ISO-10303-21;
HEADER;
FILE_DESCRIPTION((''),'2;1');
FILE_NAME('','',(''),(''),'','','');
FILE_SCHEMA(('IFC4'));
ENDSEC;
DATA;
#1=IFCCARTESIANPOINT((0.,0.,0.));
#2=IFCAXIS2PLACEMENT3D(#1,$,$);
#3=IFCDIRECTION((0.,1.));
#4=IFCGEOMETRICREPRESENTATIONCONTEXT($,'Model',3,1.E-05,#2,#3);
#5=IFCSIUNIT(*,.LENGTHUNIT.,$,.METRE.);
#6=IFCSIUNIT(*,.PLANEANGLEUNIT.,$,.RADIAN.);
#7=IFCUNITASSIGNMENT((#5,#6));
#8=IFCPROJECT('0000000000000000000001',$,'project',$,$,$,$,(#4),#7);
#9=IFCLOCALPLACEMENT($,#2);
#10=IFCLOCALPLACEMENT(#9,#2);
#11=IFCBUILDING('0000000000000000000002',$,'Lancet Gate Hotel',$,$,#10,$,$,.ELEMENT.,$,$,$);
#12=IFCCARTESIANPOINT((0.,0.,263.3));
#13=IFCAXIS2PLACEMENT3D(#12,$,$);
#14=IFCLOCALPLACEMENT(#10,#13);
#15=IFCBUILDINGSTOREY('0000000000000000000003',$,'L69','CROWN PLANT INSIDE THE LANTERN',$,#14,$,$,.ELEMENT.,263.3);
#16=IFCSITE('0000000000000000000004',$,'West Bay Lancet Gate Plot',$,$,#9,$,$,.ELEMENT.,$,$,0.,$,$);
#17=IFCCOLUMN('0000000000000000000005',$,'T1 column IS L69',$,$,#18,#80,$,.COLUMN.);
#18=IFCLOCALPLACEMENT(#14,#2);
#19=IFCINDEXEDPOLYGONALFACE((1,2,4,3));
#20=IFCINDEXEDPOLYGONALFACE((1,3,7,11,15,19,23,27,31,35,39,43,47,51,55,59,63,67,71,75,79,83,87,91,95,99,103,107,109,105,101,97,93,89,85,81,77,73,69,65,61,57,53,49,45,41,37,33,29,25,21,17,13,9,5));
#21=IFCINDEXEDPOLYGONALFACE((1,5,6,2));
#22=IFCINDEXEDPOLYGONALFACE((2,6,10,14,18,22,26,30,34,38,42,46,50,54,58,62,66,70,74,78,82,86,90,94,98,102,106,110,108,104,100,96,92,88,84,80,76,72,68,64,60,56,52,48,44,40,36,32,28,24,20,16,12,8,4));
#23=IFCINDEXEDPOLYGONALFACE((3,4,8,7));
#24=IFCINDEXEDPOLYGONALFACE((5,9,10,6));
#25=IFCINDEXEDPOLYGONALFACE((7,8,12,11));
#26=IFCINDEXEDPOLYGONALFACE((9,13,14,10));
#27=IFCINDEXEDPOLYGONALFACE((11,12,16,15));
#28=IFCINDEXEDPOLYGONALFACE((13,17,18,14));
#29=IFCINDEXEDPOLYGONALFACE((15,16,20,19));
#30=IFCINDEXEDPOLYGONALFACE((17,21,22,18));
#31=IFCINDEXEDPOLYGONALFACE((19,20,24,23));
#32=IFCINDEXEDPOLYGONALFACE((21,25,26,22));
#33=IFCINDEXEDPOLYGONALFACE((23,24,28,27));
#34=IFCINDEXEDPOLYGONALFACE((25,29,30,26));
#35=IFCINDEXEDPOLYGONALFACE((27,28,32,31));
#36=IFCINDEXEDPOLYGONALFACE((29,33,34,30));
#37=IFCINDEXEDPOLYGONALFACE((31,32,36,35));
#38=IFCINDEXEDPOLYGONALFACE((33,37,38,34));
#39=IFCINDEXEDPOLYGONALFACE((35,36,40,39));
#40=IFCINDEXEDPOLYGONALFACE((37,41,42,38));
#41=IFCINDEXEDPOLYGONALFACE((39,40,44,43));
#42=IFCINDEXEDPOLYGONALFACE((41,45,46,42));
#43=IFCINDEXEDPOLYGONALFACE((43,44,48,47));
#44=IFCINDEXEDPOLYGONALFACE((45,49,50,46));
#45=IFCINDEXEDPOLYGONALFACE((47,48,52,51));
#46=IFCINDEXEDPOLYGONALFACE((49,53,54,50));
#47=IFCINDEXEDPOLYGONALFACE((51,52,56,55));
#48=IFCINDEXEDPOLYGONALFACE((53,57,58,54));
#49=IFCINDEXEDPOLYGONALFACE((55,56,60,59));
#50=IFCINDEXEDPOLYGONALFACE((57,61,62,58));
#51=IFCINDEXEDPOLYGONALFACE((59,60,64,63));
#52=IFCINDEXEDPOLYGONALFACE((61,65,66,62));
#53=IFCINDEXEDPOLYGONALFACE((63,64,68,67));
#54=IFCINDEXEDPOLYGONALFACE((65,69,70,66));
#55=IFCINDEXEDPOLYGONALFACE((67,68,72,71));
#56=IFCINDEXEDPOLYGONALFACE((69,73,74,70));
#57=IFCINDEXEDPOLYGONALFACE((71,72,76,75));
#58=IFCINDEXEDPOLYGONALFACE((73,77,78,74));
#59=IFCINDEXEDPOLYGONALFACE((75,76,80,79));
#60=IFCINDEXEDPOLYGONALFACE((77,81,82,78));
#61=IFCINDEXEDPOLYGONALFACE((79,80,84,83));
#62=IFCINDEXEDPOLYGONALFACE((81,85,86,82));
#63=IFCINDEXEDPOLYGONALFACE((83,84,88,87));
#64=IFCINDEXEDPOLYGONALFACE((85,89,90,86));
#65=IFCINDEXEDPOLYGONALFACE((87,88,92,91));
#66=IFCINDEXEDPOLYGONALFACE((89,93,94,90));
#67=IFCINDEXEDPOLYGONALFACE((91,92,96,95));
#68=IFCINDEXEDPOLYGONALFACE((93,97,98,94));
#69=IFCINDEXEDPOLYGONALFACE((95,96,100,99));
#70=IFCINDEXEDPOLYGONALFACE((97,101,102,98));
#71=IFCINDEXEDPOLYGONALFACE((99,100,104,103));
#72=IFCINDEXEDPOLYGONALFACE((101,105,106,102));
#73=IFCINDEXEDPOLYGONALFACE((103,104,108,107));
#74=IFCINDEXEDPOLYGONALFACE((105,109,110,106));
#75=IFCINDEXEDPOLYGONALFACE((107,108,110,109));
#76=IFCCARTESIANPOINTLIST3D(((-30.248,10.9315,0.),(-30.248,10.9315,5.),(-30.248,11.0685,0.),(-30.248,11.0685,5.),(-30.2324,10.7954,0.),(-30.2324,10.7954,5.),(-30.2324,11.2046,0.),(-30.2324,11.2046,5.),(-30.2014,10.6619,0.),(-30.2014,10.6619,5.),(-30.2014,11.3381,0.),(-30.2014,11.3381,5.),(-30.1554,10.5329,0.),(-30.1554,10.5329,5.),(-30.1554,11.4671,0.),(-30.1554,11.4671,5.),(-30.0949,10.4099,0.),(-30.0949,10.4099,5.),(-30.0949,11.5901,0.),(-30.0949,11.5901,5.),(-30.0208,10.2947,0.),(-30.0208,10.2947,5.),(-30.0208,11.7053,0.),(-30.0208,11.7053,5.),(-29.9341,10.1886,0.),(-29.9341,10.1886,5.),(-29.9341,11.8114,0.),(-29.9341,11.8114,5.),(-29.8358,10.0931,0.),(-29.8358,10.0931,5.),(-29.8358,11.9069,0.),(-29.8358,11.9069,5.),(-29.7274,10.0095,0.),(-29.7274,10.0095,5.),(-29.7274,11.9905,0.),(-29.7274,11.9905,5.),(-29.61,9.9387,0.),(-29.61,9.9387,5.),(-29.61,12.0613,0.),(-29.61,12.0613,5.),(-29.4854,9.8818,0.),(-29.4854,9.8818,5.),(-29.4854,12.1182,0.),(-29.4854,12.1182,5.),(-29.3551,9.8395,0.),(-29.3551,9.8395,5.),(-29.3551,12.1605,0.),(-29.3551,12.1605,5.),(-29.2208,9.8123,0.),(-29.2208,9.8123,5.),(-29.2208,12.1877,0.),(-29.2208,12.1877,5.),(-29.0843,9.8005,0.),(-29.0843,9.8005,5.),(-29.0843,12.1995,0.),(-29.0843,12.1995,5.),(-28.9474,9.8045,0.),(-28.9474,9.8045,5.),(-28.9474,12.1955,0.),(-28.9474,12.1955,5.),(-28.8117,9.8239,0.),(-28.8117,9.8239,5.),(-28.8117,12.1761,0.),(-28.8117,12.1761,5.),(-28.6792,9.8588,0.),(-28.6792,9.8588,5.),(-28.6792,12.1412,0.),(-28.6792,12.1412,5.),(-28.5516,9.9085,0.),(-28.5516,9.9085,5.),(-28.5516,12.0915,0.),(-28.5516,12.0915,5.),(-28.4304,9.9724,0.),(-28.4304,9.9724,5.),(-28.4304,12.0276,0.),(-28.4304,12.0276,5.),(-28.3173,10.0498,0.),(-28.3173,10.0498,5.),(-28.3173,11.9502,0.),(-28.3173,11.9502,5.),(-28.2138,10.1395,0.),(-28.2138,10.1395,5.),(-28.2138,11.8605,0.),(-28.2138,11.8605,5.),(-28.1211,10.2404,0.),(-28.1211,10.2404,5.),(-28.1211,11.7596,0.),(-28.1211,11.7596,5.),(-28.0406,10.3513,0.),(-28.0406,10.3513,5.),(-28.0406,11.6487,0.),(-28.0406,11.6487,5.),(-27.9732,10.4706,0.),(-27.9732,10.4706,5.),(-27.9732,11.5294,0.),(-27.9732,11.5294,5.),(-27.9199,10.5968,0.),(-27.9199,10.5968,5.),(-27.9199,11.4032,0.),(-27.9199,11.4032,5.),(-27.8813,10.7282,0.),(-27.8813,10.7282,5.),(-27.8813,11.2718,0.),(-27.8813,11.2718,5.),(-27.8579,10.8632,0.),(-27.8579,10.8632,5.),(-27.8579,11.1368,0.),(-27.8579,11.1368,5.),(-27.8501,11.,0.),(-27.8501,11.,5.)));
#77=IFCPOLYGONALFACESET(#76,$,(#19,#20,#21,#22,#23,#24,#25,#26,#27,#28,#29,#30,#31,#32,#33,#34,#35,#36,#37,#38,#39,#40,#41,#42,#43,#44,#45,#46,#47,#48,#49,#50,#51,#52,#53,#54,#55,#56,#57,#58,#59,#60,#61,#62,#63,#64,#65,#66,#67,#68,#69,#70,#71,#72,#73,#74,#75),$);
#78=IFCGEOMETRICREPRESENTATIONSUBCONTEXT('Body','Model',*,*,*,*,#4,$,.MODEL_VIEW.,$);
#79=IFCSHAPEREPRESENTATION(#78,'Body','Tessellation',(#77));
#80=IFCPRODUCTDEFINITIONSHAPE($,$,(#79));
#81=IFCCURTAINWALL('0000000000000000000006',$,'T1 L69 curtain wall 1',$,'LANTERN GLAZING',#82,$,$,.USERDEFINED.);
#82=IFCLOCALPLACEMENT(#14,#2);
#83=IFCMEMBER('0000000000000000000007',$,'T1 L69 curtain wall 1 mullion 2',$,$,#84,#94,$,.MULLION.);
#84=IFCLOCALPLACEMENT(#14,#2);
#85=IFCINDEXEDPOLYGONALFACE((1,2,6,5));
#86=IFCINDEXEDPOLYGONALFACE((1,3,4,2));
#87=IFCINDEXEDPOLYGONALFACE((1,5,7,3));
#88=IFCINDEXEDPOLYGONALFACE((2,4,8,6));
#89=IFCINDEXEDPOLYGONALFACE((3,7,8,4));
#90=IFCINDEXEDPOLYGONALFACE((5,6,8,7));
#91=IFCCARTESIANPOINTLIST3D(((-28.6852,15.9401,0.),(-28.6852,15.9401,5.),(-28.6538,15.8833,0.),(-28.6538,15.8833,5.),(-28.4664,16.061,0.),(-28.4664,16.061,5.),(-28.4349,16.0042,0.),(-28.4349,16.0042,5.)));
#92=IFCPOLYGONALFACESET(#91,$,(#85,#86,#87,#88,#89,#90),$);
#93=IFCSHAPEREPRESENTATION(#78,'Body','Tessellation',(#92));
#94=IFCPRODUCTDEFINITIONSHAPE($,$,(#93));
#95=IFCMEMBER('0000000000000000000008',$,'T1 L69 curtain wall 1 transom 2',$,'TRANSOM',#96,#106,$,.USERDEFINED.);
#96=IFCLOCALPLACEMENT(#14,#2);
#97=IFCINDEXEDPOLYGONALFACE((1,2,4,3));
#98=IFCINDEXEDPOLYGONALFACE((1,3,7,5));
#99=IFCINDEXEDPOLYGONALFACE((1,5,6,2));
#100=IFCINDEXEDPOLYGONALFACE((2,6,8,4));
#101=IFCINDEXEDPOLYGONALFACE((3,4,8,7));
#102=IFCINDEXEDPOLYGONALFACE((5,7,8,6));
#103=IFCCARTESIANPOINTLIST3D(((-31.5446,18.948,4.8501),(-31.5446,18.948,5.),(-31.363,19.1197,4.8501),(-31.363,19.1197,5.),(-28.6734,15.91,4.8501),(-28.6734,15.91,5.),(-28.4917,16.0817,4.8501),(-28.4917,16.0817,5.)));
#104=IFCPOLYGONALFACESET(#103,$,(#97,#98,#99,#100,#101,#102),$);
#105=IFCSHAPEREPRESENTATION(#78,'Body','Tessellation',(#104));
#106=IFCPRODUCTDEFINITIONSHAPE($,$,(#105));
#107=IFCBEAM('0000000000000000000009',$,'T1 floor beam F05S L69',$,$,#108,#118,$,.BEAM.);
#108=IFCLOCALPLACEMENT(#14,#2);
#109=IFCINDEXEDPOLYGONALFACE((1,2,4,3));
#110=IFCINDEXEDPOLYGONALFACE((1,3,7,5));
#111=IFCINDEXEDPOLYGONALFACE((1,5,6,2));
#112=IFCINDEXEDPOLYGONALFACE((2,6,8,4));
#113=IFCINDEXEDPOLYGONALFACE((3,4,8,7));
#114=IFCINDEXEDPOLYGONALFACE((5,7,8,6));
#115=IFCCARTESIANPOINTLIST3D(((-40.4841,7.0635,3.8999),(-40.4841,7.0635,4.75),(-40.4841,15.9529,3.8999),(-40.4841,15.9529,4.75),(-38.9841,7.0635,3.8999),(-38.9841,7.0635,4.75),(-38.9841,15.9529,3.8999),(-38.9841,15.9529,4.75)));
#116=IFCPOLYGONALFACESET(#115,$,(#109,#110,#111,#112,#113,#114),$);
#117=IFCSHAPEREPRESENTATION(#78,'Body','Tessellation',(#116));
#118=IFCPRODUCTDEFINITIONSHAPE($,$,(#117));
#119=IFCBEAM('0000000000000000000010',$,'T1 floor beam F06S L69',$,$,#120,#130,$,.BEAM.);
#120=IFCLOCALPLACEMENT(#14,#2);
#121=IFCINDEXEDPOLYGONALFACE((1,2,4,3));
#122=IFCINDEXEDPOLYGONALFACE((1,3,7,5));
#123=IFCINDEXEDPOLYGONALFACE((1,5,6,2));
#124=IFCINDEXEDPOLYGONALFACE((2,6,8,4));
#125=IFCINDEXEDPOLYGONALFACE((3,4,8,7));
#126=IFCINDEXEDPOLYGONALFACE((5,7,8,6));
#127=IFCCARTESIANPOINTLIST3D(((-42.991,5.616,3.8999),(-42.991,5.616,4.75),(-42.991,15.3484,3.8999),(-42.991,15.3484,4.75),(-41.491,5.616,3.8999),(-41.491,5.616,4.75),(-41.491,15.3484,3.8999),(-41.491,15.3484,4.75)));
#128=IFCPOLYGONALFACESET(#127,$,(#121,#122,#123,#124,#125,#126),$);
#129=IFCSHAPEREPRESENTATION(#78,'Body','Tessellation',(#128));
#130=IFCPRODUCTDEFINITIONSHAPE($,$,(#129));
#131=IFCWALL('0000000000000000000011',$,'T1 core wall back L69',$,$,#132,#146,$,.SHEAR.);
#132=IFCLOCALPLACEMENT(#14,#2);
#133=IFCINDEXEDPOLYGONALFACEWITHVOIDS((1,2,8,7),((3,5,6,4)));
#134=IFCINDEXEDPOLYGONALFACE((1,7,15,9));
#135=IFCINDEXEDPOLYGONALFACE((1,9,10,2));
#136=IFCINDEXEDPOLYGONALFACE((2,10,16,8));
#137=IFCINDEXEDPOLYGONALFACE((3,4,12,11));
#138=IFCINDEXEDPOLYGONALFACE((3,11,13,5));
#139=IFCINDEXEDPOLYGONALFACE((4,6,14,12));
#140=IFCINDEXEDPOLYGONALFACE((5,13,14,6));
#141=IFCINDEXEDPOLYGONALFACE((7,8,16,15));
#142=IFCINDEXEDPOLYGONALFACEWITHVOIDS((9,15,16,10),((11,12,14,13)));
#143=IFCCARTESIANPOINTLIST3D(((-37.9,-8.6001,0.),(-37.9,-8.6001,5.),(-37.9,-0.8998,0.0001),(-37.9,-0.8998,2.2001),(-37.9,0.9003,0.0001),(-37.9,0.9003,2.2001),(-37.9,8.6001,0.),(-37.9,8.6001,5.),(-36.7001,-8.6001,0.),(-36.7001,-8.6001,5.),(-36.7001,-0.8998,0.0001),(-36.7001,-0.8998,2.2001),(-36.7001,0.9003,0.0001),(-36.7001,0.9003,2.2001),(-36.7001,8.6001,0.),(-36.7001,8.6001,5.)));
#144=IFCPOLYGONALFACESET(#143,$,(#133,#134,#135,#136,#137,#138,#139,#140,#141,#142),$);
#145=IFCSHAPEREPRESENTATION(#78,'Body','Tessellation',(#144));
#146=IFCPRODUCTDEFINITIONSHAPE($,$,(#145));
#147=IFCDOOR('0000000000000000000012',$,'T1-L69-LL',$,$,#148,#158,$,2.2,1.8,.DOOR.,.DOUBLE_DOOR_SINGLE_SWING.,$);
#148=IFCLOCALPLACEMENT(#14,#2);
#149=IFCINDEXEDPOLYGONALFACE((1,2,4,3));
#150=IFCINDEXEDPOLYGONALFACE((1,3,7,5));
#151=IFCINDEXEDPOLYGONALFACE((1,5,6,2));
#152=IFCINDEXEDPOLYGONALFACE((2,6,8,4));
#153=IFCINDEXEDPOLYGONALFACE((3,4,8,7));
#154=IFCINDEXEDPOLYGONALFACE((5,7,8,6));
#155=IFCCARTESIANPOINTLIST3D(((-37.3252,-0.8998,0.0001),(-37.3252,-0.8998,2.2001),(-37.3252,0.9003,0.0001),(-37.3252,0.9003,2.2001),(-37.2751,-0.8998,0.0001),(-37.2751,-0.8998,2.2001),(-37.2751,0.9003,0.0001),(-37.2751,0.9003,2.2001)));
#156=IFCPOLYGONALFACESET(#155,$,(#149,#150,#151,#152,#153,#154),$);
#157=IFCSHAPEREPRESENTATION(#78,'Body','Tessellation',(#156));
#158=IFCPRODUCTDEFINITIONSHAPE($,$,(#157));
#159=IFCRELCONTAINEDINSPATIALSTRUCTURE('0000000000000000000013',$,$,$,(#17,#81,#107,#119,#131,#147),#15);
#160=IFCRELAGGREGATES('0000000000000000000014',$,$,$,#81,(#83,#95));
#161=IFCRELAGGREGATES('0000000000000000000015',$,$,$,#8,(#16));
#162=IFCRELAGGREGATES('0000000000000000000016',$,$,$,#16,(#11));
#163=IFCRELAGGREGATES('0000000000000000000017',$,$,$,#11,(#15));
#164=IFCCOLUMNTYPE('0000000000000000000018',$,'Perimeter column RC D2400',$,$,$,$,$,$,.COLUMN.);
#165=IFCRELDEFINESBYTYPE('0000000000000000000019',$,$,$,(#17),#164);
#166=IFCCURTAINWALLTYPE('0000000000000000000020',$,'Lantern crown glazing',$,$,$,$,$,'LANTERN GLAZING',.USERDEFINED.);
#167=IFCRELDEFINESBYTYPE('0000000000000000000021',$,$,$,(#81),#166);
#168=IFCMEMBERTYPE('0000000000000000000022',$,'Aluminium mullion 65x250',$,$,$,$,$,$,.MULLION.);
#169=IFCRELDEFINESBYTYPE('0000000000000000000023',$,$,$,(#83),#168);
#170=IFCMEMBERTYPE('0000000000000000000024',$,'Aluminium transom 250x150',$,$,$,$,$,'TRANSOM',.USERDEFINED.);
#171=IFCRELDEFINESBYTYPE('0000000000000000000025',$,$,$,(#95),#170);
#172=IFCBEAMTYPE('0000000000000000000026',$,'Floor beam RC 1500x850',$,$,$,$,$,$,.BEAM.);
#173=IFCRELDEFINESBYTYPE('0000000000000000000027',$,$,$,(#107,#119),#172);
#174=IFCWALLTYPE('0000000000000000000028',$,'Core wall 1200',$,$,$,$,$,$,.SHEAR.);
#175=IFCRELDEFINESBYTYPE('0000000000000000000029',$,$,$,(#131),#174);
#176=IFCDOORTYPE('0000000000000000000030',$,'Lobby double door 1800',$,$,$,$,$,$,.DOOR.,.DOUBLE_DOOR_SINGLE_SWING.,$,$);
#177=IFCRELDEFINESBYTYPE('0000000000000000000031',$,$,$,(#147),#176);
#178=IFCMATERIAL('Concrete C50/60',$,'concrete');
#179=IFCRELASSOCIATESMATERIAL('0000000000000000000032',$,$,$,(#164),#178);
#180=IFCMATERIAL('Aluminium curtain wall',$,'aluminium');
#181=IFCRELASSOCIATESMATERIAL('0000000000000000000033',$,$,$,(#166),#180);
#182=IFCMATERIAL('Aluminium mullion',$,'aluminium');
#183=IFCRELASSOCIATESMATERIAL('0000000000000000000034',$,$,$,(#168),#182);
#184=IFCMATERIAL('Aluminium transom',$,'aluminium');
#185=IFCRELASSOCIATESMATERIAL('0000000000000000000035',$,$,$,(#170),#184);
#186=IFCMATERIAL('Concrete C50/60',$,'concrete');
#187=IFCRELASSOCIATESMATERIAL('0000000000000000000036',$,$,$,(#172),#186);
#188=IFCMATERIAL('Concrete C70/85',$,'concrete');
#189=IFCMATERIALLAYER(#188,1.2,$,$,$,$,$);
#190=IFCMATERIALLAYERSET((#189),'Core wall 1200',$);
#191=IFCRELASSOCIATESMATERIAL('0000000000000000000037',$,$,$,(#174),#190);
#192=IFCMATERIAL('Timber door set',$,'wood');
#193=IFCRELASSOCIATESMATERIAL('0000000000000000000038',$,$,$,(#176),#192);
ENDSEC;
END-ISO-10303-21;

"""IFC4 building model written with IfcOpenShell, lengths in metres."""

from ifc_helpers import new_model, si_unit, direction, frame, frame_2d, origin, origin_2d, place, context, subcontext, project, spatial, rectangle, circle, extrude, material, layer, layer_set, material_profile, profile_set, type_object, element, fill, aggregate, save


model = new_model("IFC4")

# Units and contexts
model_context = context("Model", 3, precision=1e-05, world=origin(), true_north=direction((0.0, 1.0)))
body_context = subcontext(model_context, "Body", "Model", "MODEL_VIEW")
ifc_project = project(units=[si_unit("LENGTHUNIT", "METRE"), si_unit("PLANEANGLEUNIT", "RADIAN")], contexts=[model_context])

# Site, building, storey
site_placement = place(None, origin())
site = spatial("IfcSite", under=ifc_project, at=site_placement, Name="West Bay Lancet Gate Plot", CompositionType="ELEMENT", RefElevation=0.0)
building_placement = place(site_placement, origin())
building = spatial("IfcBuilding", under=site, at=building_placement, Name="Lancet Gate Hotel", CompositionType="ELEMENT")
storey_placement = place(building_placement, frame((0.0, 0.0, 263.3)))
storey = spatial("IfcBuildingStorey", under=building, at=storey_placement, Name="L69", Description="CROWN PLANT INSIDE THE LANTERN", CompositionType="ELEMENT", Elevation=263.3)

# Column
ifc_material_1 = material(Name="Concrete C50/60", Category="concrete")
ifc_material_profile_1 = material_profile(ifc_material_1, circle(Radius=1.2, at=origin_2d()), Name="RC D2400")
ifc_profile_set_1 = profile_set([ifc_material_profile_1], Name="Concrete C50/60")
column_type = type_object("IfcColumnType", Name="Perimeter column RC D2400", PredefinedType="COLUMN", material=ifc_profile_set_1)
column_placement = place(storey_placement, frame((-29.05, 11.0, 0.0), z_axis=(0.0, 0.0, 1.0), x_axis=(1.0, 0.0, 0.0)))
element("IfcColumn", 1, at=column_placement, inside=storey, type_object=column_type, Name="T1 column IS L69", PredefinedType="COLUMN", context=body_context, shape_type="SweptSolid", body=[
    extrude(circle(Radius=1.2, at=origin_2d()), origin(), (0.0, 0.0, 1.0), 5.0),
])

# Curtain wall, members
ifc_material_2 = material(Name="Aluminium curtain wall", Category="aluminium")
curtain_wall_type = type_object("IfcCurtainWallType", Name="Lantern crown glazing", ElementType="LANTERN GLAZING", PredefinedType="USERDEFINED", material=ifc_material_2)
curtain_wall_placement = place(storey_placement, origin())
curtain_wall = element("IfcCurtainWall", 2, at=curtain_wall_placement, inside=storey, type_object=curtain_wall_type, Name="T1 L69 curtain wall 1", ObjectType="LANTERN GLAZING", PredefinedType="USERDEFINED")
ifc_material_3 = material(Name="Aluminium mullion", Category="aluminium")
ifc_material_profile_2 = material_profile(ifc_material_3, rectangle(XDim=0.0649, YDim=0.25, at=origin_2d()), Name="MULLION 65x250")
ifc_profile_set_2 = profile_set([ifc_material_profile_2], Name="Aluminium mullion")
member_type_1 = type_object("IfcMemberType", Name="Aluminium mullion 65x250", PredefinedType="MULLION", material=ifc_profile_set_2)
member_1_placement = place(storey_placement, frame((-28.5601, 15.9722, 0.0), z_axis=(0.0, 0.0, 1.0), x_axis=(-0.483627, 0.875274, 0.0)))
member_1 = element("IfcMember", 3, at=member_1_placement, type_object=member_type_1, Name="T1 L69 curtain wall 1 mullion 2", PredefinedType="MULLION", context=body_context, shape_type="SweptSolid", body=[
    extrude(rectangle(XDim=0.0649, YDim=0.25, at=origin_2d()), origin(), (0.0, 0.0, 1.0), 5.0),
])
ifc_material_4 = material(Name="Aluminium transom", Category="aluminium")
ifc_material_profile_3 = material_profile(ifc_material_4, rectangle(XDim=0.25, YDim=0.1499, at=origin_2d()), Name="TRANSOM 250x150")
ifc_profile_set_3 = profile_set([ifc_material_profile_3], Name="Aluminium transom")
member_type_2 = type_object("IfcMemberType", Name="Aluminium transom 250x150", ElementType="TRANSOM", PredefinedType="USERDEFINED", material=ifc_profile_set_3)
member_2_placement = place(storey_placement, frame((-28.5825, 15.9958, 4.925), z_axis=(-0.686881, 0.72677, 0.0), x_axis=(-0.72677, -0.686881, 0.0)))
member_2 = element("IfcMember", 4, at=member_2_placement, type_object=member_type_2, Name="T1 L69 curtain wall 1 transom 2", ObjectType="TRANSOM", PredefinedType="USERDEFINED", context=body_context, shape_type="SweptSolid", body=[
    extrude(rectangle(XDim=0.25, YDim=0.1499, at=origin_2d()), origin(), (0.0, 0.0, 1.0), 4.1802),
])
aggregate(curtain_wall, [member_1, member_2])

# Beams
ifc_material_5 = material(Name="Concrete C50/60", Category="concrete")
ifc_material_profile_4 = material_profile(ifc_material_5, rectangle(XDim=1.5, YDim=0.8501, at=origin_2d()), Name="RC 1500x850")
ifc_profile_set_4 = profile_set([ifc_material_profile_4], Name="Concrete C50/60")
beam_type = type_object("IfcBeamType", Name="Floor beam RC 1500x850", PredefinedType="BEAM", material=ifc_profile_set_4)
beam_1_placement = place(storey_placement, frame((-39.7341, 15.9529, 4.325), z_axis=(0.0, -1.0, 0.0), x_axis=(1.0, 0.0, 0.0)))
element("IfcBeam", 5, at=beam_1_placement, inside=storey, type_object=beam_type, Name="T1 floor beam F05S L69", PredefinedType="BEAM", context=body_context, shape_type="SweptSolid", body=[
    extrude(rectangle(XDim=1.5, YDim=0.8501, at=origin_2d()), origin(), (0.0, 0.0, 1.0), 8.8894),
])
beam_2_placement = place(storey_placement, frame((-42.241, 15.3484, 4.325), z_axis=(0.0, -1.0, 0.0), x_axis=(1.0, 0.0, 0.0)))
element("IfcBeam", 6, at=beam_2_placement, inside=storey, type_object=beam_type, Name="T1 floor beam F06S L69", PredefinedType="BEAM", context=body_context, shape_type="SweptSolid", body=[
    extrude(rectangle(XDim=1.5, YDim=0.8501, at=origin_2d()), origin(), (0.0, 0.0, 1.0), 9.7324),
])

# Wall, opening, door
ifc_material_6 = material(Name="Concrete C70/85", Category="concrete")
ifc_layer_1 = layer(ifc_material_6, 1.2)
ifc_layer_set_1 = layer_set([ifc_layer_1], Name="Core wall 1200")
wall_type_1 = type_object("IfcWallType", Name="Core wall 1200", PredefinedType="SHEAR", material=ifc_layer_set_1)
wall_1_placement = place(storey_placement, frame((-37.3, 8.6001, 0.0), z_axis=(0.0, 0.0, 1.0), x_axis=(0.0, -1.0, 0.0)))
wall_1 = element("IfcWall", 7, at=wall_1_placement, inside=storey, type_object=wall_type_1, Name="T1 core wall back L69", PredefinedType="SHEAR", context=body_context, shape_type="SweptSolid", body=[
    extrude(rectangle(XDim=17.2002, YDim=1.2, at=frame_2d((8.6001, 0.0))), origin(), (0.0, 0.0, 1.0), 5.0),
])
opening_1_placement = place(wall_1_placement, frame((7.7, 0.0, 0.0)))
opening_1 = element("IfcOpeningElement", 8, at=opening_1_placement, cuts=wall_1, PredefinedType="OPENING", context=body_context, shape_type="SweptSolid", body=[
    extrude(rectangle(XDim=1.8, YDim=2.2, at=frame_2d((0.8999, 1.1001))), frame((0.0, 0.6099, 0.0), z_axis=(0.0, -1.0, 0.0), x_axis=(1.0, 0.0, 0.0)), (0.0, 0.0, 1.0), 1.22),
])
ifc_material_7 = material(Name="Timber door set", Category="wood")
door_type_1 = type_object("IfcDoorType", Name="Lobby double door 1800", OperationType="DOUBLE_DOOR_SINGLE_SWING", PredefinedType="DOOR", material=ifc_material_7)
door_1_placement = place(opening_1_placement, origin())
door_1 = element("IfcDoor", 9, at=door_1_placement, inside=storey, type_object=door_type_1, Name="T1-L69-LL", OperationType="DOUBLE_DOOR_SINGLE_SWING", OverallHeight=2.2, OverallWidth=1.8, PredefinedType="DOOR", context=body_context, shape_type="SweptSolid", body=[
    extrude(rectangle(XDim=1.8, YDim=2.2, at=frame_2d((0.8999, 1.1001))), frame((0.0, 0.0249, 0.0), z_axis=(0.0, -1.0, 0.0), x_axis=(1.0, 0.0, 0.0)), (0.0, 0.0, 1.0), 0.05),
])
fill(opening_1, door_1)

save(model, "model.ifc")
